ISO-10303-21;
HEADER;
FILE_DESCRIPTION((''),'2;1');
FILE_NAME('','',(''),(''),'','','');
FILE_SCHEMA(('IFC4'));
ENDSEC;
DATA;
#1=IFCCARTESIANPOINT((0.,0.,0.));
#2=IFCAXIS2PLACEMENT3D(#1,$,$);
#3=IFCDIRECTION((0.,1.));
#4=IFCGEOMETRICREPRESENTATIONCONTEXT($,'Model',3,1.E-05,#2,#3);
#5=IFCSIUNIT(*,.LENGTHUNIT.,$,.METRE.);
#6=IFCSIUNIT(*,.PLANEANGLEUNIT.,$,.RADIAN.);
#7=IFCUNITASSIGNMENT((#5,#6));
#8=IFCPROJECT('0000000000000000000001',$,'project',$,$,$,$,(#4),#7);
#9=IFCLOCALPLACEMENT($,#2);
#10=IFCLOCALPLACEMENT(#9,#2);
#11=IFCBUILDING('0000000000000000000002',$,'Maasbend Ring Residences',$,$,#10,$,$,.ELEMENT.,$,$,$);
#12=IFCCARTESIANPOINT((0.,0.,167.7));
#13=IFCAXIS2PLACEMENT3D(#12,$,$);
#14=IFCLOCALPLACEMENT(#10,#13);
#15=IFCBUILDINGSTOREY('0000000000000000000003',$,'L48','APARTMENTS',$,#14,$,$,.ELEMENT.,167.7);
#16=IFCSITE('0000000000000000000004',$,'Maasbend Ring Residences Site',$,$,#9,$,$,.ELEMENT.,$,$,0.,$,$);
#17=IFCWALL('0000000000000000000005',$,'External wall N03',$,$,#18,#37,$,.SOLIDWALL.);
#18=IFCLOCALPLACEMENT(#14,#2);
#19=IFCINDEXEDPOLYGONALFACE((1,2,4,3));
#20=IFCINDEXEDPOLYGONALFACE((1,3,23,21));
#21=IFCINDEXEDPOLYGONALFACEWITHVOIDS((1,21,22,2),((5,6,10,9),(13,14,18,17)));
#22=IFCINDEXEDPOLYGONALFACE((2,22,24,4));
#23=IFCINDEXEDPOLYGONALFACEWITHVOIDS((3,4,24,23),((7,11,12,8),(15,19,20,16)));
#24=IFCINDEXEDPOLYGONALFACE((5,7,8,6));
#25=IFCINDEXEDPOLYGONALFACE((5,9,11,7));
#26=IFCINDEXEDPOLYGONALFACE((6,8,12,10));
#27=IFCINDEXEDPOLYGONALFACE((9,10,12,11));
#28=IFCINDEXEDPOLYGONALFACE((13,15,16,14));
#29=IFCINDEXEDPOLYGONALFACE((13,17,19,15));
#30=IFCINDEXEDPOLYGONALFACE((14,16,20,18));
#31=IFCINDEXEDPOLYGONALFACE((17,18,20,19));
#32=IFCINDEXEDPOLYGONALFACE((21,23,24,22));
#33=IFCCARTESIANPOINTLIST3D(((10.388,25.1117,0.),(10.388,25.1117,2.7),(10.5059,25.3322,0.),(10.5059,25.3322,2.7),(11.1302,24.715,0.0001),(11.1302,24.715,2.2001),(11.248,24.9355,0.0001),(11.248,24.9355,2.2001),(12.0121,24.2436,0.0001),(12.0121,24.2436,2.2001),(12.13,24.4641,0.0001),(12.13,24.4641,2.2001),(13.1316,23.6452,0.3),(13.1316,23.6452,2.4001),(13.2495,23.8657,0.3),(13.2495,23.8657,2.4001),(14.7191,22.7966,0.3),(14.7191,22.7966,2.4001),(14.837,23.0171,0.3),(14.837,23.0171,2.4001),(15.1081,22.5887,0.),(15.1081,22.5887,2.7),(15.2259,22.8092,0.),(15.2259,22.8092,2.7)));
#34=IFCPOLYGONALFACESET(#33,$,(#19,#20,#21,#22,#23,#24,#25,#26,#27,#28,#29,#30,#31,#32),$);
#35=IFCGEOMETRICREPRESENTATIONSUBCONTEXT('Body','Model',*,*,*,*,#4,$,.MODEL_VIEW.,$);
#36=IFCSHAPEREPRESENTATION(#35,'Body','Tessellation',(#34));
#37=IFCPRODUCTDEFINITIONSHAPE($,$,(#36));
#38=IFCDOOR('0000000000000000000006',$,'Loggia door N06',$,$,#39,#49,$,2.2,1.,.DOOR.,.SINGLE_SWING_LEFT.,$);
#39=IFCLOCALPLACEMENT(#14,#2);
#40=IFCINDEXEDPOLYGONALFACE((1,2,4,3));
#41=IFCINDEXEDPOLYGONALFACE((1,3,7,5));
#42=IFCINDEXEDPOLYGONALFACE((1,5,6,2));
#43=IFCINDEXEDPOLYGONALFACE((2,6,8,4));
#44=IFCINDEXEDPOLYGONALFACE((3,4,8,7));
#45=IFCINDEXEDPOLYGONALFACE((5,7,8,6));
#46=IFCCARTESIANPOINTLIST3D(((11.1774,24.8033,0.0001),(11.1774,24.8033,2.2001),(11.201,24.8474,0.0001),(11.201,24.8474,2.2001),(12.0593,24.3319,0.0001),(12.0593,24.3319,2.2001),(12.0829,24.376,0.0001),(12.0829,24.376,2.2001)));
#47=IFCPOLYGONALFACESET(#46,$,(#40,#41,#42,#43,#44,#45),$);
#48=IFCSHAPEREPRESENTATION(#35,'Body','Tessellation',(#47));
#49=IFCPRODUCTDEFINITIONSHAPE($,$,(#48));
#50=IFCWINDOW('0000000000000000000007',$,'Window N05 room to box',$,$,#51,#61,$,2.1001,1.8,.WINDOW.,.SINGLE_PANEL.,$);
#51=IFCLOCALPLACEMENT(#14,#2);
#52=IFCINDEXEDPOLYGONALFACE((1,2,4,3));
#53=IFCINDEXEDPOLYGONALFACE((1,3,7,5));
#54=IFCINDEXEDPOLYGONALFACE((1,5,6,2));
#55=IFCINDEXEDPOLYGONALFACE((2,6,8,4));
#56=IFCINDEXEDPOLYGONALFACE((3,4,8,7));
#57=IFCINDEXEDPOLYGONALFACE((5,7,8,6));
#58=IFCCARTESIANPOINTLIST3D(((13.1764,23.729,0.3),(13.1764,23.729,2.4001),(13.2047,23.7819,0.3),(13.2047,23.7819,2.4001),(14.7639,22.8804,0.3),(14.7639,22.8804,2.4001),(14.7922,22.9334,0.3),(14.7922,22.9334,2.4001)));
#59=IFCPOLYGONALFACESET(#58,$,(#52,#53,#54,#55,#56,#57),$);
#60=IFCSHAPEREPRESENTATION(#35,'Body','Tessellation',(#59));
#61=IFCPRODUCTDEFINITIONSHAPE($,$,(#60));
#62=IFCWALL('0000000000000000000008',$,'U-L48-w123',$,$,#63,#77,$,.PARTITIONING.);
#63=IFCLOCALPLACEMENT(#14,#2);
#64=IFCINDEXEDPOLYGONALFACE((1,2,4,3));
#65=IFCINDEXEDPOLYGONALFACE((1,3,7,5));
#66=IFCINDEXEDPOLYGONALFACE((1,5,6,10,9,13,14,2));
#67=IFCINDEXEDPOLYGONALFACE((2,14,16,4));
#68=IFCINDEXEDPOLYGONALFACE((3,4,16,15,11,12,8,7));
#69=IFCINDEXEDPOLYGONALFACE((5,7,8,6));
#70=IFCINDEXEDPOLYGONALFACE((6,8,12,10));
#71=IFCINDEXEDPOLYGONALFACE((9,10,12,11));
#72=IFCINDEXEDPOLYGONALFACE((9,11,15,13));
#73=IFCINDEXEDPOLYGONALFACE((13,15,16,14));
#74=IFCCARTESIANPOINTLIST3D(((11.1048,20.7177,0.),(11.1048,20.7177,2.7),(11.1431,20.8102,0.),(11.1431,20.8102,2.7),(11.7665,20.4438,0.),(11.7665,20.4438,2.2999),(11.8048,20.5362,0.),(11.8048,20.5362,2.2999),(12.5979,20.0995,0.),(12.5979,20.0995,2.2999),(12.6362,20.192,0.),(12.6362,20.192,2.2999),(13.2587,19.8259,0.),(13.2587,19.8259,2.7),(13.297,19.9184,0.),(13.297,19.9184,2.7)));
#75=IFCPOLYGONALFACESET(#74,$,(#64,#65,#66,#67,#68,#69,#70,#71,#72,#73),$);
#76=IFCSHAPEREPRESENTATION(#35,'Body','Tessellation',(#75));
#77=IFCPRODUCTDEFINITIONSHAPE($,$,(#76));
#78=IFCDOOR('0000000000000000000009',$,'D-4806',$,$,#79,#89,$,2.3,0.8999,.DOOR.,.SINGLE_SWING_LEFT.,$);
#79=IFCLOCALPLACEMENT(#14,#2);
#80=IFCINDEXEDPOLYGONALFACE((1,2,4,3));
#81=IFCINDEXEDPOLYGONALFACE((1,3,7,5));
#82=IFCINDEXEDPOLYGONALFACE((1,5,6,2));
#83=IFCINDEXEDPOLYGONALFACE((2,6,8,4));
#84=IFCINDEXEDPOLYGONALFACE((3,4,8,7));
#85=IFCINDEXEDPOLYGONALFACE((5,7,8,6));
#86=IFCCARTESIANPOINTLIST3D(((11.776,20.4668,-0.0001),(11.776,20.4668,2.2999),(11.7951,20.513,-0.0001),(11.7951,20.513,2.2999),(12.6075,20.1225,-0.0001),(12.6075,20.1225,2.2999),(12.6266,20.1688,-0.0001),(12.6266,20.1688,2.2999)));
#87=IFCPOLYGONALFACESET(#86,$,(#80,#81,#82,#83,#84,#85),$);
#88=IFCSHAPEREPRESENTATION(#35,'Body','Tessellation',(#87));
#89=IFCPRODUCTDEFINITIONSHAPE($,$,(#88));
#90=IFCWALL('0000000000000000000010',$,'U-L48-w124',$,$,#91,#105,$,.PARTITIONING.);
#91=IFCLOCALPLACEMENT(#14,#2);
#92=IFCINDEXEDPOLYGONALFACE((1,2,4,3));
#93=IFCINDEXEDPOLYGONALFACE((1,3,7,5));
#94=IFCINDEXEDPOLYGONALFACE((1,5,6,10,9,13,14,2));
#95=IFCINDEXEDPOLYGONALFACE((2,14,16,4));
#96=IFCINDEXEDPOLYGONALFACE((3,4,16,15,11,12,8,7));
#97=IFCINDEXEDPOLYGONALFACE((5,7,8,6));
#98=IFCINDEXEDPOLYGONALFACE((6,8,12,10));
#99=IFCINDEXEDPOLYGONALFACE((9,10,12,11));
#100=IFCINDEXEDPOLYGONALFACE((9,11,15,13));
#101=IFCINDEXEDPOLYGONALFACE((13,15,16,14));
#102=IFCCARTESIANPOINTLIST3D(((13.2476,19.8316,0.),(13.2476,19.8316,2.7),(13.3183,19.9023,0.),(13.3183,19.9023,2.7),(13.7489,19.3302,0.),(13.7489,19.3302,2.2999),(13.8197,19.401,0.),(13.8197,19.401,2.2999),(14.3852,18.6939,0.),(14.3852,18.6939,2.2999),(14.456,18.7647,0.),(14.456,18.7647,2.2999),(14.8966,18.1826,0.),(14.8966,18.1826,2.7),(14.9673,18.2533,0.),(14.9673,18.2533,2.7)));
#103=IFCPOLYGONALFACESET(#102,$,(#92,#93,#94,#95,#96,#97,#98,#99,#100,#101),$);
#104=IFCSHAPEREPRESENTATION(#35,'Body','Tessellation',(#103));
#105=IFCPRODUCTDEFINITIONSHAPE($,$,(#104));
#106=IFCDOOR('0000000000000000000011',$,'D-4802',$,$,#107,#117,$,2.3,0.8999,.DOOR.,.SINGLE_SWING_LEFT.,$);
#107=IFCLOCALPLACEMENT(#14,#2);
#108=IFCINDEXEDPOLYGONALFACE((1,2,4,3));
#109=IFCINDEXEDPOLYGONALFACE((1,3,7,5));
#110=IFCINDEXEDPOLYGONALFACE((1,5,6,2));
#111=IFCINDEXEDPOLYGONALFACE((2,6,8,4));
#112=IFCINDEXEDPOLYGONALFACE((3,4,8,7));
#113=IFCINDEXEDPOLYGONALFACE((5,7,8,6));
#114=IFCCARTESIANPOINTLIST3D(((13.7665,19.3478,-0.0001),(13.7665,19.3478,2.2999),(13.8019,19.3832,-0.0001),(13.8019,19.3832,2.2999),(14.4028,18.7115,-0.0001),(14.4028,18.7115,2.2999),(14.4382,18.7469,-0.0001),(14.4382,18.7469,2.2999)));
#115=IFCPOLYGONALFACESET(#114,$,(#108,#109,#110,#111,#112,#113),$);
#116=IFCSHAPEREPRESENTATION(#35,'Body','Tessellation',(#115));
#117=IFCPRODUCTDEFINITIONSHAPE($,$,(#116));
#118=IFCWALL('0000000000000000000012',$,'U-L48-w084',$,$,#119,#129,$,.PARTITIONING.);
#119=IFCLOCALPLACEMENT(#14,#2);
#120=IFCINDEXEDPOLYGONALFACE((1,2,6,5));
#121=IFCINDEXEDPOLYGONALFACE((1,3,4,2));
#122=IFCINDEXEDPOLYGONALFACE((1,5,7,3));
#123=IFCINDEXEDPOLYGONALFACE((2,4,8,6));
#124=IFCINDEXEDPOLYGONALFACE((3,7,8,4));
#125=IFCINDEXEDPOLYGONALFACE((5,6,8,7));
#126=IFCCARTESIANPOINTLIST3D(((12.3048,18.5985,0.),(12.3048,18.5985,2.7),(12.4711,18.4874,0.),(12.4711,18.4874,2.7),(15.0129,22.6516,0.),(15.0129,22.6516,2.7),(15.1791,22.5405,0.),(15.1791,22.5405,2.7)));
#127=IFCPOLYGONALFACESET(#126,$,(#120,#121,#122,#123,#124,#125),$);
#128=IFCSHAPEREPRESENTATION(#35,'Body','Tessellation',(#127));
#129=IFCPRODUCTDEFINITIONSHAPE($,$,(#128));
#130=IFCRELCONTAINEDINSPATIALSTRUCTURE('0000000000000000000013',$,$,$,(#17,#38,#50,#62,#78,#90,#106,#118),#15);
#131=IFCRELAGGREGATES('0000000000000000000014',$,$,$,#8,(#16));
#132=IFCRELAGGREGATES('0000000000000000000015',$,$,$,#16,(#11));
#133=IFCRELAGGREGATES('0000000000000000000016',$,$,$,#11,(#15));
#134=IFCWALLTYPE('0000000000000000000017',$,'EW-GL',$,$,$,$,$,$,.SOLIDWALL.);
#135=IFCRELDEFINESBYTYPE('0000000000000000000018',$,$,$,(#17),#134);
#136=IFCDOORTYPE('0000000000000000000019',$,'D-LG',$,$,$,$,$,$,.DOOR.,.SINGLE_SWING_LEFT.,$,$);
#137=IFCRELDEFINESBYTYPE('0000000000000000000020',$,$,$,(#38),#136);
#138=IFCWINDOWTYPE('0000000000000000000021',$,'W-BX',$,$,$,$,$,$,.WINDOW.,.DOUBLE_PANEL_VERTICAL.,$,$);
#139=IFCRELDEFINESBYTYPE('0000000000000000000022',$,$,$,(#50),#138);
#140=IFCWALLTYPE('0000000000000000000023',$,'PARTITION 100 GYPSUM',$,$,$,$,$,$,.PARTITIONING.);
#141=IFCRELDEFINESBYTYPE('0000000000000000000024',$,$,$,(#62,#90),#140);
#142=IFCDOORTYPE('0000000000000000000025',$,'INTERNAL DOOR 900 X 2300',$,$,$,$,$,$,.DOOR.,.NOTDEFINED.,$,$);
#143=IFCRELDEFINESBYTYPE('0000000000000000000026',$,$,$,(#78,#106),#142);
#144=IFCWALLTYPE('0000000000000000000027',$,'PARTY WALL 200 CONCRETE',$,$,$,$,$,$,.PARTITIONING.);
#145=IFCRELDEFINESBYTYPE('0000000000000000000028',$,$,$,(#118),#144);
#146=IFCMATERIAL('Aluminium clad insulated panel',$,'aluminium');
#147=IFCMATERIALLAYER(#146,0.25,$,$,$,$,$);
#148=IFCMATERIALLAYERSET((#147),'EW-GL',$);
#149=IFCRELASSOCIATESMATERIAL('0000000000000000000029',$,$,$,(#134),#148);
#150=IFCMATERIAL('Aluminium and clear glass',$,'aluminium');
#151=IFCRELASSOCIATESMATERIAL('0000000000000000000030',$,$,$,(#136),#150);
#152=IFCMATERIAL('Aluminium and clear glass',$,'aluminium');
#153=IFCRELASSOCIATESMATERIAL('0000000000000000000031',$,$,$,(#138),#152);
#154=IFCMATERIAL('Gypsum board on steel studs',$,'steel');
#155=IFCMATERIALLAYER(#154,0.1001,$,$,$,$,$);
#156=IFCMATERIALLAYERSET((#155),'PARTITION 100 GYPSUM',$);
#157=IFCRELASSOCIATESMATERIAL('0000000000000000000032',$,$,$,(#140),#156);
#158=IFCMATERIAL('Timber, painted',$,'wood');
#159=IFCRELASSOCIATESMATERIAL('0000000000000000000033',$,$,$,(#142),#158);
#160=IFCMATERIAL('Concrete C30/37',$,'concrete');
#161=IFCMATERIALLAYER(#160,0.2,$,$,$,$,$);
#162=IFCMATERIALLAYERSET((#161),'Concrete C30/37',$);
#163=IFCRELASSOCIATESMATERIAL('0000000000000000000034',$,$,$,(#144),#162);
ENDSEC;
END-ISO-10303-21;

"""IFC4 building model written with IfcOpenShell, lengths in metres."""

from ifc_helpers import new_model, si_unit, direction, frame, frame_2d, origin, place, context, subcontext, project, spatial, rectangle, extrude, material, layer, layer_set, type_object, element, fill, save


model = new_model("IFC4")

# Units and contexts
model_context = context("Model", 3, precision=1e-05, world=origin(), true_north=direction((0.0, 1.0)))
body_context = subcontext(model_context, "Body", "Model", "MODEL_VIEW")
ifc_project = project(units=[si_unit("LENGTHUNIT", "METRE"), si_unit("PLANEANGLEUNIT", "RADIAN")], contexts=[model_context])

# Site, building, storey
site_placement = place(None, origin())
site = spatial("IfcSite", under=ifc_project, at=site_placement, Name="Maasbend Ring Residences Site", CompositionType="ELEMENT", RefElevation=0.0)
building_placement = place(site_placement, origin())
building = spatial("IfcBuilding", under=site, at=building_placement, Name="Maasbend Ring Residences", CompositionType="ELEMENT")
storey_placement = place(building_placement, frame((0.0, 0.0, 167.7)))
storey = spatial("IfcBuildingStorey", under=building, at=storey_placement, Name="L48", Description="APARTMENTS", CompositionType="ELEMENT", Elevation=167.7)

# Wall, openings, door, window
ifc_material_1 = material(Name="Aluminium clad insulated panel", Category="aluminium")
ifc_layer_1 = layer(ifc_material_1, 0.25)
ifc_layer_set_1 = layer_set([ifc_layer_1], Name="EW-GL")
wall_type_1 = type_object("IfcWallType", Name="EW-GL", PredefinedType="SOLIDWALL", material=ifc_layer_set_1)
ifc_material_2 = material(Name="Aluminium and clear glass", Category="aluminium")
door_type_1 = type_object("IfcDoorType", Name="D-LG", OperationType="SINGLE_SWING_LEFT", PredefinedType="DOOR", material=ifc_material_2)
ifc_material_3 = material(Name="Aluminium and clear glass", Category="aluminium")
window_type_1 = type_object("IfcWindowType", Name="W-BX", PartitioningType="DOUBLE_PANEL_VERTICAL", PredefinedType="WINDOW", material=ifc_material_3)
wall_1_placement = place(storey_placement, frame((15.167, 22.699, 0.0), z_axis=(0.0, 0.0, 1.0), x_axis=(-0.881916, 0.471407, 0.0)))
wall_1 = element("IfcWall", 1, at=wall_1_placement, inside=storey, type_object=wall_type_1, Name="External wall N03", PredefinedType="SOLIDWALL", context=body_context, shape_type="SweptSolid", body=[
    extrude(rectangle(XDim=5.3521, YDim=0.25, at=frame_2d((2.676, 0.0))), origin(), (0.0, 0.0, 1.0), 2.7),
])
opening_1_placement = place(wall_1_placement, frame((0.4412, 0.0, 0.3)))
opening_1 = element("IfcOpeningElement", 2, at=opening_1_placement, cuts=wall_1, PredefinedType="OPENING", context=body_context, shape_type="SweptSolid", body=[
    extrude(rectangle(XDim=1.8, YDim=2.1001, at=frame_2d((0.8999, 1.05))), frame((0.0, 0.135, 0.0), z_axis=(0.0, -1.0, 0.0), x_axis=(1.0, 0.0, 0.0)), (0.0, 0.0, 1.0), 0.27),
])
opening_2_placement = place(wall_1_placement, frame((3.5105, 0.0, 0.0)))
opening_2 = element("IfcOpeningElement", 3, at=opening_2_placement, cuts=wall_1, PredefinedType="OPENING", context=body_context, shape_type="SweptSolid", body=[
    extrude(rectangle(XDim=1.0, YDim=2.2, at=frame_2d((0.5, 1.1001))), frame((0.0, 0.135, 0.0), z_axis=(0.0, -1.0, 0.0), x_axis=(1.0, 0.0, 0.0)), (0.0, 0.0, 1.0), 0.27),
])
door_1_placement = place(opening_2_placement, origin())
door_1 = element("IfcDoor", 4, at=door_1_placement, inside=storey, type_object=door_type_1, Name="Loggia door N06", OperationType="SINGLE_SWING_LEFT", OverallHeight=2.2, OverallWidth=1.0, PredefinedType="DOOR", context=body_context, shape_type="SweptSolid", body=[
    extrude(rectangle(XDim=1.0, YDim=2.2, at=frame_2d((0.5, 1.1001))), frame((0.0, 0.0249, 0.0), z_axis=(0.0, -1.0, 0.0), x_axis=(1.0, 0.0, 0.0)), (0.0, 0.0, 1.0), 0.05),
])
fill(opening_2, door_1)
window_1_placement = place(opening_1_placement, origin())
window_1 = element("IfcWindow", 5, at=window_1_placement, inside=storey, type_object=window_type_1, Name="Window N05 room to box", OverallHeight=2.1001, OverallWidth=1.8, PartitioningType="SINGLE_PANEL", PredefinedType="WINDOW", context=body_context, shape_type="SweptSolid", body=[
    extrude(rectangle(XDim=1.8, YDim=2.1001, at=frame_2d((0.8999, 1.05))), frame((0.0, 0.03, 0.0), z_axis=(0.0, -1.0, 0.0), x_axis=(1.0, 0.0, 0.0)), (0.0, 0.0, 1.0), 0.0601),
])
fill(opening_1, window_1)

# Walls, openings, doors
ifc_material_4 = material(Name="Gypsum board on steel studs", Category="steel")
ifc_layer_2 = layer(ifc_material_4, 0.1001)
ifc_layer_set_2 = layer_set([ifc_layer_2], Name="PARTITION 100 GYPSUM")
wall_type_2 = type_object("IfcWallType", Name="PARTITION 100 GYPSUM", PredefinedType="PARTITIONING", material=ifc_layer_set_2)
wall_2_placement = place(storey_placement, frame((11.124, 20.7639, 0.0), z_axis=(0.0, 0.0, 1.0), x_axis=(0.923939, -0.38254, 0.0)))
wall_2 = element("IfcWall", 6, at=wall_2_placement, inside=storey, type_object=wall_type_2, Name="U-L48-w123", PredefinedType="PARTITIONING", context=body_context, shape_type="SweptSolid", body=[
    extrude(rectangle(XDim=2.3313, YDim=0.1001, at=frame_2d((1.1655, 0.0))), origin(), (0.0, 0.0, 1.0), 2.7),
])
opening_3_placement = place(wall_2_placement, frame((0.7161, 0.0, 0.0)))
opening_3 = element("IfcOpeningElement", 7, at=opening_3_placement, cuts=wall_2, PredefinedType="OPENING", context=body_context, shape_type="SweptSolid", body=[
    extrude(rectangle(XDim=0.8999, YDim=2.3, at=frame_2d((0.45, 1.1499))), frame((0.0, 0.0601, 0.0), z_axis=(0.0, -1.0, 0.0), x_axis=(1.0, 0.0, 0.0)), (0.0, 0.0, 1.0), 0.1201),
])
ifc_material_5 = material(Name="Timber, painted", Category="wood")
door_type_2 = type_object("IfcDoorType", Name="INTERNAL DOOR 900 X 2300", OperationType="NOTDEFINED", PredefinedType="DOOR", material=ifc_material_5)
door_2_placement = place(opening_3_placement, origin())
door_2 = element("IfcDoor", 8, at=door_2_placement, inside=storey, type_object=door_type_2, Name="D-4806", OperationType="SINGLE_SWING_LEFT", OverallHeight=2.3, OverallWidth=0.8999, PredefinedType="DOOR", context=body_context, shape_type="SweptSolid", body=[
    extrude(rectangle(XDim=0.8999, YDim=2.3, at=frame_2d((0.45, 1.1499))), frame((0.0, 0.0249, 0.0), z_axis=(0.0, -1.0, 0.0), x_axis=(1.0, 0.0, 0.0)), (0.0, 0.0, 1.0), 0.05),
])
fill(opening_3, door_2)
wall_3_placement = place(storey_placement, frame((13.283, 19.8669, 0.0), z_axis=(0.0, 0.0, 1.0), x_axis=(0.707107, -0.707107, 0.0)))
wall_3 = element("IfcWall", 9, at=wall_3_placement, inside=storey, type_object=wall_type_2, Name="U-L48-w124", PredefinedType="PARTITIONING", context=body_context, shape_type="SweptSolid", body=[
    extrude(rectangle(XDim=2.332, YDim=0.1001, at=frame_2d((1.166, 0.0))), origin(), (0.0, 0.0, 1.0), 2.7),
])
opening_4_placement = place(wall_3_placement, frame((0.709, 0.0, 0.0)))
opening_4 = element("IfcOpeningElement", 10, at=opening_4_placement, cuts=wall_3, PredefinedType="OPENING", context=body_context, shape_type="SweptSolid", body=[
    extrude(rectangle(XDim=0.8999, YDim=2.3, at=frame_2d((0.45, 1.1499))), frame((0.0, 0.0601, 0.0), z_axis=(0.0, -1.0, 0.0), x_axis=(1.0, 0.0, 0.0)), (0.0, 0.0, 1.0), 0.1201),
])
door_3_placement = place(opening_4_placement, origin())
door_3 = element("IfcDoor", 11, at=door_3_placement, inside=storey, type_object=door_type_2, Name="D-4802", OperationType="SINGLE_SWING_LEFT", OverallHeight=2.3, OverallWidth=0.8999, PredefinedType="DOOR", context=body_context, shape_type="SweptSolid", body=[
    extrude(rectangle(XDim=0.8999, YDim=2.3, at=frame_2d((0.45, 1.1499))), frame((0.0, 0.0249, 0.0), z_axis=(0.0, -1.0, 0.0), x_axis=(1.0, 0.0, 0.0)), (0.0, 0.0, 1.0), 0.05),
])
fill(opening_4, door_3)

# Wall
ifc_material_6 = material(Name="Concrete C30/37", Category="concrete")
ifc_layer_3 = layer(ifc_material_6, 0.2)
ifc_layer_set_3 = layer_set([ifc_layer_3], Name="Concrete C30/37")
wall_type_3 = type_object("IfcWallType", Name="PARTY WALL 200 CONCRETE", PredefinedType="PARTITIONING", material=ifc_layer_set_3)
wall_4_placement = place(storey_placement, frame((12.3879, 18.543, 0.0), z_axis=(0.0, 0.0, 1.0), x_axis=(0.555555, 0.83148, 0.0)))
element("IfcWall", 12, at=wall_4_placement, inside=storey, type_object=wall_type_3, Name="U-L48-w084", PredefinedType="PARTITIONING", context=body_context, shape_type="SweptSolid", body=[
    extrude(rectangle(XDim=4.8745, YDim=0.2, at=frame_2d((2.4373, 0.0))), origin(), (0.0, 0.0, 1.0), 2.7),
])

save(model, "model.ifc")
